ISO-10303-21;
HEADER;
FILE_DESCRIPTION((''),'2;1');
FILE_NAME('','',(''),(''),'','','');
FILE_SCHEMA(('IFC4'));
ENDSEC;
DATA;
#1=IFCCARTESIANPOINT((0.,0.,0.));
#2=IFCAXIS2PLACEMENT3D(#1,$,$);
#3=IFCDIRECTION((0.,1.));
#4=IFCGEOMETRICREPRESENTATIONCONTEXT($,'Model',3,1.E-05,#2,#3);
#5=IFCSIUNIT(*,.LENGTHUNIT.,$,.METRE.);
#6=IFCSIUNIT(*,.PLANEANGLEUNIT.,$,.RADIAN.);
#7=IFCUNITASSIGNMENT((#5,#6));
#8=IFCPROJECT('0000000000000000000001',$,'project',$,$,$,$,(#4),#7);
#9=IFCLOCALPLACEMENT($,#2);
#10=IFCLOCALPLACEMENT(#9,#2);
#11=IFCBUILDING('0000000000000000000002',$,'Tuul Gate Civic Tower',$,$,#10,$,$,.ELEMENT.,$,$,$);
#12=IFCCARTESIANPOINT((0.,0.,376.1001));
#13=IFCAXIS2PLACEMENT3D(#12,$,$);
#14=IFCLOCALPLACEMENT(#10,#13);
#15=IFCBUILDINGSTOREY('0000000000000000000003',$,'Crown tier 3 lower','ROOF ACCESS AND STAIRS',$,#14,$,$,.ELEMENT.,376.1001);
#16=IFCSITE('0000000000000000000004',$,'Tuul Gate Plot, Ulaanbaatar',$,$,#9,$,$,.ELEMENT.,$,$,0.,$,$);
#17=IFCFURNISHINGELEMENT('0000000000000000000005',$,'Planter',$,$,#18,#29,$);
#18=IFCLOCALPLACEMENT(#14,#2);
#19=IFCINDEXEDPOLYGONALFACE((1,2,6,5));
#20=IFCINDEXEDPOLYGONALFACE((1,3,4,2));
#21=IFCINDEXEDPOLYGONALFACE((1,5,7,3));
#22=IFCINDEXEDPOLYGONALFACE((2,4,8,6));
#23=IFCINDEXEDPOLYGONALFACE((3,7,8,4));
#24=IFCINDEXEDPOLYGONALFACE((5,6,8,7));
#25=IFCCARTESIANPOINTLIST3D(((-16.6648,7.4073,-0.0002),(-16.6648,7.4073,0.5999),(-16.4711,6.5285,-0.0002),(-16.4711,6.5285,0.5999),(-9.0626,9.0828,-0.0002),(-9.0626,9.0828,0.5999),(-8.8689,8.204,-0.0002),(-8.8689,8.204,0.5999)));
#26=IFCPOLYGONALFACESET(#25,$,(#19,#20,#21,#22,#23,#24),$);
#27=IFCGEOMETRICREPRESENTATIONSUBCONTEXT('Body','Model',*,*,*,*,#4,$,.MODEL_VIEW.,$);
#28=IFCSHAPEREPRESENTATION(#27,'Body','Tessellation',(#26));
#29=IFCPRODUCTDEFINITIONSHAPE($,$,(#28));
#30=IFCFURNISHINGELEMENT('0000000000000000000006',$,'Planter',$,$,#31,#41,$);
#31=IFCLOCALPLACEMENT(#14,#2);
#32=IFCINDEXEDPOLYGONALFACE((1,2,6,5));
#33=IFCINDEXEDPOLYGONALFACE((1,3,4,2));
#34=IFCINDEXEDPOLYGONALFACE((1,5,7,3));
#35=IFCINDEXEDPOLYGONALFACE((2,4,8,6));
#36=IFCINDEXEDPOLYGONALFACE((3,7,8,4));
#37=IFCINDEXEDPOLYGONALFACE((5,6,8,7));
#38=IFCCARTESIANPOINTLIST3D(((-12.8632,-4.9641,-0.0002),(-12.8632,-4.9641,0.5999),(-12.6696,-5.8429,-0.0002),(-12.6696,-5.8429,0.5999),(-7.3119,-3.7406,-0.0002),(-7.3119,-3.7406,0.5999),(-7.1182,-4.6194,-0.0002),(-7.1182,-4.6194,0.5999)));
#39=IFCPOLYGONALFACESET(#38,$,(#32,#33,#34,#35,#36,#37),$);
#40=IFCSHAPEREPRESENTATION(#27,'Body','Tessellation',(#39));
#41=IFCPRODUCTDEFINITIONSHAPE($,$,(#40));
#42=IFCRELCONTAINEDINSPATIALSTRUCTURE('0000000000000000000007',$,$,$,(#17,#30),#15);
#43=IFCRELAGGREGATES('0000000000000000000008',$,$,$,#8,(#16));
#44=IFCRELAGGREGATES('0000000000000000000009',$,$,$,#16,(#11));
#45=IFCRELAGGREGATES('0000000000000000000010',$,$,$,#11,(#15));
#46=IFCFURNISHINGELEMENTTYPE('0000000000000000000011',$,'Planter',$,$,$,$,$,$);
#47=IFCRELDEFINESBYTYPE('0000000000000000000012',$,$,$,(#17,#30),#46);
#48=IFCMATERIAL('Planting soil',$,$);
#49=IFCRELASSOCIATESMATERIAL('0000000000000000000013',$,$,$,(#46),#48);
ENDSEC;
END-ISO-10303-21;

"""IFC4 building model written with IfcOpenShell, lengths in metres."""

from ifc_helpers import new_model, si_unit, direction, frame, origin, origin_2d, place, context, subcontext, project, spatial, rectangle, extrude, material, type_object, element, save


model = new_model("IFC4")

# Units and contexts
model_context = context("Model", 3, precision=1e-05, world=origin(), true_north=direction((0.0, 1.0)))
body_context = subcontext(model_context, "Body", "Model", "MODEL_VIEW")
ifc_project = project(units=[si_unit("LENGTHUNIT", "METRE"), si_unit("PLANEANGLEUNIT", "RADIAN")], contexts=[model_context])

# Site, building, storey
site_placement = place(None, origin())
site = spatial("IfcSite", under=ifc_project, at=site_placement, Name="Tuul Gate Plot, Ulaanbaatar", CompositionType="ELEMENT", RefElevation=0.0)
building_placement = place(site_placement, origin())
building = spatial("IfcBuilding", under=site, at=building_placement, Name="Tuul Gate Civic Tower", CompositionType="ELEMENT")
storey_placement = place(building_placement, frame((0.0, 0.0, 376.1001)))
storey = spatial("IfcBuildingStorey", under=building, at=storey_placement, Name="Crown tier 3 lower", Description="ROOF ACCESS AND STAIRS", CompositionType="ELEMENT", Elevation=376.1001)

# Furnishing elements
ifc_material_1 = material(Name="Planting soil")
furnishing_element_type = type_object("IfcFurnishingElementType", Name="Planter", material=ifc_material_1)
furnishing_1_placement = place(storey_placement, frame((-12.7668, 7.8057, -0.0002), z_axis=(0.0, 0.0, 1.0), x_axis=(-0.976564, -0.215225, 0.0)))
element("IfcFurnishingElement", 1, at=furnishing_1_placement, inside=storey, type_object=furnishing_element_type, Name="Planter", context=body_context, shape_type="SweptSolid", body=[
    extrude(rectangle(XDim=7.7847, YDim=0.8999, at=origin_2d()), origin(), (0.0, 0.0, 1.0), 0.6001),
])
furnishing_2_placement = place(storey_placement, frame((-9.9907, -4.7917, -0.0002), z_axis=(0.0, 0.0, 1.0), x_axis=(0.976564, 0.215228, 0.0)))
element("IfcFurnishingElement", 2, at=furnishing_2_placement, inside=storey, type_object=furnishing_element_type, Name="Planter", context=body_context, shape_type="SweptSolid", body=[
    extrude(rectangle(XDim=5.6846, YDim=0.8999, at=origin_2d()), origin(), (0.0, 0.0, 1.0), 0.6001),
])

save(model, "model.ifc")
